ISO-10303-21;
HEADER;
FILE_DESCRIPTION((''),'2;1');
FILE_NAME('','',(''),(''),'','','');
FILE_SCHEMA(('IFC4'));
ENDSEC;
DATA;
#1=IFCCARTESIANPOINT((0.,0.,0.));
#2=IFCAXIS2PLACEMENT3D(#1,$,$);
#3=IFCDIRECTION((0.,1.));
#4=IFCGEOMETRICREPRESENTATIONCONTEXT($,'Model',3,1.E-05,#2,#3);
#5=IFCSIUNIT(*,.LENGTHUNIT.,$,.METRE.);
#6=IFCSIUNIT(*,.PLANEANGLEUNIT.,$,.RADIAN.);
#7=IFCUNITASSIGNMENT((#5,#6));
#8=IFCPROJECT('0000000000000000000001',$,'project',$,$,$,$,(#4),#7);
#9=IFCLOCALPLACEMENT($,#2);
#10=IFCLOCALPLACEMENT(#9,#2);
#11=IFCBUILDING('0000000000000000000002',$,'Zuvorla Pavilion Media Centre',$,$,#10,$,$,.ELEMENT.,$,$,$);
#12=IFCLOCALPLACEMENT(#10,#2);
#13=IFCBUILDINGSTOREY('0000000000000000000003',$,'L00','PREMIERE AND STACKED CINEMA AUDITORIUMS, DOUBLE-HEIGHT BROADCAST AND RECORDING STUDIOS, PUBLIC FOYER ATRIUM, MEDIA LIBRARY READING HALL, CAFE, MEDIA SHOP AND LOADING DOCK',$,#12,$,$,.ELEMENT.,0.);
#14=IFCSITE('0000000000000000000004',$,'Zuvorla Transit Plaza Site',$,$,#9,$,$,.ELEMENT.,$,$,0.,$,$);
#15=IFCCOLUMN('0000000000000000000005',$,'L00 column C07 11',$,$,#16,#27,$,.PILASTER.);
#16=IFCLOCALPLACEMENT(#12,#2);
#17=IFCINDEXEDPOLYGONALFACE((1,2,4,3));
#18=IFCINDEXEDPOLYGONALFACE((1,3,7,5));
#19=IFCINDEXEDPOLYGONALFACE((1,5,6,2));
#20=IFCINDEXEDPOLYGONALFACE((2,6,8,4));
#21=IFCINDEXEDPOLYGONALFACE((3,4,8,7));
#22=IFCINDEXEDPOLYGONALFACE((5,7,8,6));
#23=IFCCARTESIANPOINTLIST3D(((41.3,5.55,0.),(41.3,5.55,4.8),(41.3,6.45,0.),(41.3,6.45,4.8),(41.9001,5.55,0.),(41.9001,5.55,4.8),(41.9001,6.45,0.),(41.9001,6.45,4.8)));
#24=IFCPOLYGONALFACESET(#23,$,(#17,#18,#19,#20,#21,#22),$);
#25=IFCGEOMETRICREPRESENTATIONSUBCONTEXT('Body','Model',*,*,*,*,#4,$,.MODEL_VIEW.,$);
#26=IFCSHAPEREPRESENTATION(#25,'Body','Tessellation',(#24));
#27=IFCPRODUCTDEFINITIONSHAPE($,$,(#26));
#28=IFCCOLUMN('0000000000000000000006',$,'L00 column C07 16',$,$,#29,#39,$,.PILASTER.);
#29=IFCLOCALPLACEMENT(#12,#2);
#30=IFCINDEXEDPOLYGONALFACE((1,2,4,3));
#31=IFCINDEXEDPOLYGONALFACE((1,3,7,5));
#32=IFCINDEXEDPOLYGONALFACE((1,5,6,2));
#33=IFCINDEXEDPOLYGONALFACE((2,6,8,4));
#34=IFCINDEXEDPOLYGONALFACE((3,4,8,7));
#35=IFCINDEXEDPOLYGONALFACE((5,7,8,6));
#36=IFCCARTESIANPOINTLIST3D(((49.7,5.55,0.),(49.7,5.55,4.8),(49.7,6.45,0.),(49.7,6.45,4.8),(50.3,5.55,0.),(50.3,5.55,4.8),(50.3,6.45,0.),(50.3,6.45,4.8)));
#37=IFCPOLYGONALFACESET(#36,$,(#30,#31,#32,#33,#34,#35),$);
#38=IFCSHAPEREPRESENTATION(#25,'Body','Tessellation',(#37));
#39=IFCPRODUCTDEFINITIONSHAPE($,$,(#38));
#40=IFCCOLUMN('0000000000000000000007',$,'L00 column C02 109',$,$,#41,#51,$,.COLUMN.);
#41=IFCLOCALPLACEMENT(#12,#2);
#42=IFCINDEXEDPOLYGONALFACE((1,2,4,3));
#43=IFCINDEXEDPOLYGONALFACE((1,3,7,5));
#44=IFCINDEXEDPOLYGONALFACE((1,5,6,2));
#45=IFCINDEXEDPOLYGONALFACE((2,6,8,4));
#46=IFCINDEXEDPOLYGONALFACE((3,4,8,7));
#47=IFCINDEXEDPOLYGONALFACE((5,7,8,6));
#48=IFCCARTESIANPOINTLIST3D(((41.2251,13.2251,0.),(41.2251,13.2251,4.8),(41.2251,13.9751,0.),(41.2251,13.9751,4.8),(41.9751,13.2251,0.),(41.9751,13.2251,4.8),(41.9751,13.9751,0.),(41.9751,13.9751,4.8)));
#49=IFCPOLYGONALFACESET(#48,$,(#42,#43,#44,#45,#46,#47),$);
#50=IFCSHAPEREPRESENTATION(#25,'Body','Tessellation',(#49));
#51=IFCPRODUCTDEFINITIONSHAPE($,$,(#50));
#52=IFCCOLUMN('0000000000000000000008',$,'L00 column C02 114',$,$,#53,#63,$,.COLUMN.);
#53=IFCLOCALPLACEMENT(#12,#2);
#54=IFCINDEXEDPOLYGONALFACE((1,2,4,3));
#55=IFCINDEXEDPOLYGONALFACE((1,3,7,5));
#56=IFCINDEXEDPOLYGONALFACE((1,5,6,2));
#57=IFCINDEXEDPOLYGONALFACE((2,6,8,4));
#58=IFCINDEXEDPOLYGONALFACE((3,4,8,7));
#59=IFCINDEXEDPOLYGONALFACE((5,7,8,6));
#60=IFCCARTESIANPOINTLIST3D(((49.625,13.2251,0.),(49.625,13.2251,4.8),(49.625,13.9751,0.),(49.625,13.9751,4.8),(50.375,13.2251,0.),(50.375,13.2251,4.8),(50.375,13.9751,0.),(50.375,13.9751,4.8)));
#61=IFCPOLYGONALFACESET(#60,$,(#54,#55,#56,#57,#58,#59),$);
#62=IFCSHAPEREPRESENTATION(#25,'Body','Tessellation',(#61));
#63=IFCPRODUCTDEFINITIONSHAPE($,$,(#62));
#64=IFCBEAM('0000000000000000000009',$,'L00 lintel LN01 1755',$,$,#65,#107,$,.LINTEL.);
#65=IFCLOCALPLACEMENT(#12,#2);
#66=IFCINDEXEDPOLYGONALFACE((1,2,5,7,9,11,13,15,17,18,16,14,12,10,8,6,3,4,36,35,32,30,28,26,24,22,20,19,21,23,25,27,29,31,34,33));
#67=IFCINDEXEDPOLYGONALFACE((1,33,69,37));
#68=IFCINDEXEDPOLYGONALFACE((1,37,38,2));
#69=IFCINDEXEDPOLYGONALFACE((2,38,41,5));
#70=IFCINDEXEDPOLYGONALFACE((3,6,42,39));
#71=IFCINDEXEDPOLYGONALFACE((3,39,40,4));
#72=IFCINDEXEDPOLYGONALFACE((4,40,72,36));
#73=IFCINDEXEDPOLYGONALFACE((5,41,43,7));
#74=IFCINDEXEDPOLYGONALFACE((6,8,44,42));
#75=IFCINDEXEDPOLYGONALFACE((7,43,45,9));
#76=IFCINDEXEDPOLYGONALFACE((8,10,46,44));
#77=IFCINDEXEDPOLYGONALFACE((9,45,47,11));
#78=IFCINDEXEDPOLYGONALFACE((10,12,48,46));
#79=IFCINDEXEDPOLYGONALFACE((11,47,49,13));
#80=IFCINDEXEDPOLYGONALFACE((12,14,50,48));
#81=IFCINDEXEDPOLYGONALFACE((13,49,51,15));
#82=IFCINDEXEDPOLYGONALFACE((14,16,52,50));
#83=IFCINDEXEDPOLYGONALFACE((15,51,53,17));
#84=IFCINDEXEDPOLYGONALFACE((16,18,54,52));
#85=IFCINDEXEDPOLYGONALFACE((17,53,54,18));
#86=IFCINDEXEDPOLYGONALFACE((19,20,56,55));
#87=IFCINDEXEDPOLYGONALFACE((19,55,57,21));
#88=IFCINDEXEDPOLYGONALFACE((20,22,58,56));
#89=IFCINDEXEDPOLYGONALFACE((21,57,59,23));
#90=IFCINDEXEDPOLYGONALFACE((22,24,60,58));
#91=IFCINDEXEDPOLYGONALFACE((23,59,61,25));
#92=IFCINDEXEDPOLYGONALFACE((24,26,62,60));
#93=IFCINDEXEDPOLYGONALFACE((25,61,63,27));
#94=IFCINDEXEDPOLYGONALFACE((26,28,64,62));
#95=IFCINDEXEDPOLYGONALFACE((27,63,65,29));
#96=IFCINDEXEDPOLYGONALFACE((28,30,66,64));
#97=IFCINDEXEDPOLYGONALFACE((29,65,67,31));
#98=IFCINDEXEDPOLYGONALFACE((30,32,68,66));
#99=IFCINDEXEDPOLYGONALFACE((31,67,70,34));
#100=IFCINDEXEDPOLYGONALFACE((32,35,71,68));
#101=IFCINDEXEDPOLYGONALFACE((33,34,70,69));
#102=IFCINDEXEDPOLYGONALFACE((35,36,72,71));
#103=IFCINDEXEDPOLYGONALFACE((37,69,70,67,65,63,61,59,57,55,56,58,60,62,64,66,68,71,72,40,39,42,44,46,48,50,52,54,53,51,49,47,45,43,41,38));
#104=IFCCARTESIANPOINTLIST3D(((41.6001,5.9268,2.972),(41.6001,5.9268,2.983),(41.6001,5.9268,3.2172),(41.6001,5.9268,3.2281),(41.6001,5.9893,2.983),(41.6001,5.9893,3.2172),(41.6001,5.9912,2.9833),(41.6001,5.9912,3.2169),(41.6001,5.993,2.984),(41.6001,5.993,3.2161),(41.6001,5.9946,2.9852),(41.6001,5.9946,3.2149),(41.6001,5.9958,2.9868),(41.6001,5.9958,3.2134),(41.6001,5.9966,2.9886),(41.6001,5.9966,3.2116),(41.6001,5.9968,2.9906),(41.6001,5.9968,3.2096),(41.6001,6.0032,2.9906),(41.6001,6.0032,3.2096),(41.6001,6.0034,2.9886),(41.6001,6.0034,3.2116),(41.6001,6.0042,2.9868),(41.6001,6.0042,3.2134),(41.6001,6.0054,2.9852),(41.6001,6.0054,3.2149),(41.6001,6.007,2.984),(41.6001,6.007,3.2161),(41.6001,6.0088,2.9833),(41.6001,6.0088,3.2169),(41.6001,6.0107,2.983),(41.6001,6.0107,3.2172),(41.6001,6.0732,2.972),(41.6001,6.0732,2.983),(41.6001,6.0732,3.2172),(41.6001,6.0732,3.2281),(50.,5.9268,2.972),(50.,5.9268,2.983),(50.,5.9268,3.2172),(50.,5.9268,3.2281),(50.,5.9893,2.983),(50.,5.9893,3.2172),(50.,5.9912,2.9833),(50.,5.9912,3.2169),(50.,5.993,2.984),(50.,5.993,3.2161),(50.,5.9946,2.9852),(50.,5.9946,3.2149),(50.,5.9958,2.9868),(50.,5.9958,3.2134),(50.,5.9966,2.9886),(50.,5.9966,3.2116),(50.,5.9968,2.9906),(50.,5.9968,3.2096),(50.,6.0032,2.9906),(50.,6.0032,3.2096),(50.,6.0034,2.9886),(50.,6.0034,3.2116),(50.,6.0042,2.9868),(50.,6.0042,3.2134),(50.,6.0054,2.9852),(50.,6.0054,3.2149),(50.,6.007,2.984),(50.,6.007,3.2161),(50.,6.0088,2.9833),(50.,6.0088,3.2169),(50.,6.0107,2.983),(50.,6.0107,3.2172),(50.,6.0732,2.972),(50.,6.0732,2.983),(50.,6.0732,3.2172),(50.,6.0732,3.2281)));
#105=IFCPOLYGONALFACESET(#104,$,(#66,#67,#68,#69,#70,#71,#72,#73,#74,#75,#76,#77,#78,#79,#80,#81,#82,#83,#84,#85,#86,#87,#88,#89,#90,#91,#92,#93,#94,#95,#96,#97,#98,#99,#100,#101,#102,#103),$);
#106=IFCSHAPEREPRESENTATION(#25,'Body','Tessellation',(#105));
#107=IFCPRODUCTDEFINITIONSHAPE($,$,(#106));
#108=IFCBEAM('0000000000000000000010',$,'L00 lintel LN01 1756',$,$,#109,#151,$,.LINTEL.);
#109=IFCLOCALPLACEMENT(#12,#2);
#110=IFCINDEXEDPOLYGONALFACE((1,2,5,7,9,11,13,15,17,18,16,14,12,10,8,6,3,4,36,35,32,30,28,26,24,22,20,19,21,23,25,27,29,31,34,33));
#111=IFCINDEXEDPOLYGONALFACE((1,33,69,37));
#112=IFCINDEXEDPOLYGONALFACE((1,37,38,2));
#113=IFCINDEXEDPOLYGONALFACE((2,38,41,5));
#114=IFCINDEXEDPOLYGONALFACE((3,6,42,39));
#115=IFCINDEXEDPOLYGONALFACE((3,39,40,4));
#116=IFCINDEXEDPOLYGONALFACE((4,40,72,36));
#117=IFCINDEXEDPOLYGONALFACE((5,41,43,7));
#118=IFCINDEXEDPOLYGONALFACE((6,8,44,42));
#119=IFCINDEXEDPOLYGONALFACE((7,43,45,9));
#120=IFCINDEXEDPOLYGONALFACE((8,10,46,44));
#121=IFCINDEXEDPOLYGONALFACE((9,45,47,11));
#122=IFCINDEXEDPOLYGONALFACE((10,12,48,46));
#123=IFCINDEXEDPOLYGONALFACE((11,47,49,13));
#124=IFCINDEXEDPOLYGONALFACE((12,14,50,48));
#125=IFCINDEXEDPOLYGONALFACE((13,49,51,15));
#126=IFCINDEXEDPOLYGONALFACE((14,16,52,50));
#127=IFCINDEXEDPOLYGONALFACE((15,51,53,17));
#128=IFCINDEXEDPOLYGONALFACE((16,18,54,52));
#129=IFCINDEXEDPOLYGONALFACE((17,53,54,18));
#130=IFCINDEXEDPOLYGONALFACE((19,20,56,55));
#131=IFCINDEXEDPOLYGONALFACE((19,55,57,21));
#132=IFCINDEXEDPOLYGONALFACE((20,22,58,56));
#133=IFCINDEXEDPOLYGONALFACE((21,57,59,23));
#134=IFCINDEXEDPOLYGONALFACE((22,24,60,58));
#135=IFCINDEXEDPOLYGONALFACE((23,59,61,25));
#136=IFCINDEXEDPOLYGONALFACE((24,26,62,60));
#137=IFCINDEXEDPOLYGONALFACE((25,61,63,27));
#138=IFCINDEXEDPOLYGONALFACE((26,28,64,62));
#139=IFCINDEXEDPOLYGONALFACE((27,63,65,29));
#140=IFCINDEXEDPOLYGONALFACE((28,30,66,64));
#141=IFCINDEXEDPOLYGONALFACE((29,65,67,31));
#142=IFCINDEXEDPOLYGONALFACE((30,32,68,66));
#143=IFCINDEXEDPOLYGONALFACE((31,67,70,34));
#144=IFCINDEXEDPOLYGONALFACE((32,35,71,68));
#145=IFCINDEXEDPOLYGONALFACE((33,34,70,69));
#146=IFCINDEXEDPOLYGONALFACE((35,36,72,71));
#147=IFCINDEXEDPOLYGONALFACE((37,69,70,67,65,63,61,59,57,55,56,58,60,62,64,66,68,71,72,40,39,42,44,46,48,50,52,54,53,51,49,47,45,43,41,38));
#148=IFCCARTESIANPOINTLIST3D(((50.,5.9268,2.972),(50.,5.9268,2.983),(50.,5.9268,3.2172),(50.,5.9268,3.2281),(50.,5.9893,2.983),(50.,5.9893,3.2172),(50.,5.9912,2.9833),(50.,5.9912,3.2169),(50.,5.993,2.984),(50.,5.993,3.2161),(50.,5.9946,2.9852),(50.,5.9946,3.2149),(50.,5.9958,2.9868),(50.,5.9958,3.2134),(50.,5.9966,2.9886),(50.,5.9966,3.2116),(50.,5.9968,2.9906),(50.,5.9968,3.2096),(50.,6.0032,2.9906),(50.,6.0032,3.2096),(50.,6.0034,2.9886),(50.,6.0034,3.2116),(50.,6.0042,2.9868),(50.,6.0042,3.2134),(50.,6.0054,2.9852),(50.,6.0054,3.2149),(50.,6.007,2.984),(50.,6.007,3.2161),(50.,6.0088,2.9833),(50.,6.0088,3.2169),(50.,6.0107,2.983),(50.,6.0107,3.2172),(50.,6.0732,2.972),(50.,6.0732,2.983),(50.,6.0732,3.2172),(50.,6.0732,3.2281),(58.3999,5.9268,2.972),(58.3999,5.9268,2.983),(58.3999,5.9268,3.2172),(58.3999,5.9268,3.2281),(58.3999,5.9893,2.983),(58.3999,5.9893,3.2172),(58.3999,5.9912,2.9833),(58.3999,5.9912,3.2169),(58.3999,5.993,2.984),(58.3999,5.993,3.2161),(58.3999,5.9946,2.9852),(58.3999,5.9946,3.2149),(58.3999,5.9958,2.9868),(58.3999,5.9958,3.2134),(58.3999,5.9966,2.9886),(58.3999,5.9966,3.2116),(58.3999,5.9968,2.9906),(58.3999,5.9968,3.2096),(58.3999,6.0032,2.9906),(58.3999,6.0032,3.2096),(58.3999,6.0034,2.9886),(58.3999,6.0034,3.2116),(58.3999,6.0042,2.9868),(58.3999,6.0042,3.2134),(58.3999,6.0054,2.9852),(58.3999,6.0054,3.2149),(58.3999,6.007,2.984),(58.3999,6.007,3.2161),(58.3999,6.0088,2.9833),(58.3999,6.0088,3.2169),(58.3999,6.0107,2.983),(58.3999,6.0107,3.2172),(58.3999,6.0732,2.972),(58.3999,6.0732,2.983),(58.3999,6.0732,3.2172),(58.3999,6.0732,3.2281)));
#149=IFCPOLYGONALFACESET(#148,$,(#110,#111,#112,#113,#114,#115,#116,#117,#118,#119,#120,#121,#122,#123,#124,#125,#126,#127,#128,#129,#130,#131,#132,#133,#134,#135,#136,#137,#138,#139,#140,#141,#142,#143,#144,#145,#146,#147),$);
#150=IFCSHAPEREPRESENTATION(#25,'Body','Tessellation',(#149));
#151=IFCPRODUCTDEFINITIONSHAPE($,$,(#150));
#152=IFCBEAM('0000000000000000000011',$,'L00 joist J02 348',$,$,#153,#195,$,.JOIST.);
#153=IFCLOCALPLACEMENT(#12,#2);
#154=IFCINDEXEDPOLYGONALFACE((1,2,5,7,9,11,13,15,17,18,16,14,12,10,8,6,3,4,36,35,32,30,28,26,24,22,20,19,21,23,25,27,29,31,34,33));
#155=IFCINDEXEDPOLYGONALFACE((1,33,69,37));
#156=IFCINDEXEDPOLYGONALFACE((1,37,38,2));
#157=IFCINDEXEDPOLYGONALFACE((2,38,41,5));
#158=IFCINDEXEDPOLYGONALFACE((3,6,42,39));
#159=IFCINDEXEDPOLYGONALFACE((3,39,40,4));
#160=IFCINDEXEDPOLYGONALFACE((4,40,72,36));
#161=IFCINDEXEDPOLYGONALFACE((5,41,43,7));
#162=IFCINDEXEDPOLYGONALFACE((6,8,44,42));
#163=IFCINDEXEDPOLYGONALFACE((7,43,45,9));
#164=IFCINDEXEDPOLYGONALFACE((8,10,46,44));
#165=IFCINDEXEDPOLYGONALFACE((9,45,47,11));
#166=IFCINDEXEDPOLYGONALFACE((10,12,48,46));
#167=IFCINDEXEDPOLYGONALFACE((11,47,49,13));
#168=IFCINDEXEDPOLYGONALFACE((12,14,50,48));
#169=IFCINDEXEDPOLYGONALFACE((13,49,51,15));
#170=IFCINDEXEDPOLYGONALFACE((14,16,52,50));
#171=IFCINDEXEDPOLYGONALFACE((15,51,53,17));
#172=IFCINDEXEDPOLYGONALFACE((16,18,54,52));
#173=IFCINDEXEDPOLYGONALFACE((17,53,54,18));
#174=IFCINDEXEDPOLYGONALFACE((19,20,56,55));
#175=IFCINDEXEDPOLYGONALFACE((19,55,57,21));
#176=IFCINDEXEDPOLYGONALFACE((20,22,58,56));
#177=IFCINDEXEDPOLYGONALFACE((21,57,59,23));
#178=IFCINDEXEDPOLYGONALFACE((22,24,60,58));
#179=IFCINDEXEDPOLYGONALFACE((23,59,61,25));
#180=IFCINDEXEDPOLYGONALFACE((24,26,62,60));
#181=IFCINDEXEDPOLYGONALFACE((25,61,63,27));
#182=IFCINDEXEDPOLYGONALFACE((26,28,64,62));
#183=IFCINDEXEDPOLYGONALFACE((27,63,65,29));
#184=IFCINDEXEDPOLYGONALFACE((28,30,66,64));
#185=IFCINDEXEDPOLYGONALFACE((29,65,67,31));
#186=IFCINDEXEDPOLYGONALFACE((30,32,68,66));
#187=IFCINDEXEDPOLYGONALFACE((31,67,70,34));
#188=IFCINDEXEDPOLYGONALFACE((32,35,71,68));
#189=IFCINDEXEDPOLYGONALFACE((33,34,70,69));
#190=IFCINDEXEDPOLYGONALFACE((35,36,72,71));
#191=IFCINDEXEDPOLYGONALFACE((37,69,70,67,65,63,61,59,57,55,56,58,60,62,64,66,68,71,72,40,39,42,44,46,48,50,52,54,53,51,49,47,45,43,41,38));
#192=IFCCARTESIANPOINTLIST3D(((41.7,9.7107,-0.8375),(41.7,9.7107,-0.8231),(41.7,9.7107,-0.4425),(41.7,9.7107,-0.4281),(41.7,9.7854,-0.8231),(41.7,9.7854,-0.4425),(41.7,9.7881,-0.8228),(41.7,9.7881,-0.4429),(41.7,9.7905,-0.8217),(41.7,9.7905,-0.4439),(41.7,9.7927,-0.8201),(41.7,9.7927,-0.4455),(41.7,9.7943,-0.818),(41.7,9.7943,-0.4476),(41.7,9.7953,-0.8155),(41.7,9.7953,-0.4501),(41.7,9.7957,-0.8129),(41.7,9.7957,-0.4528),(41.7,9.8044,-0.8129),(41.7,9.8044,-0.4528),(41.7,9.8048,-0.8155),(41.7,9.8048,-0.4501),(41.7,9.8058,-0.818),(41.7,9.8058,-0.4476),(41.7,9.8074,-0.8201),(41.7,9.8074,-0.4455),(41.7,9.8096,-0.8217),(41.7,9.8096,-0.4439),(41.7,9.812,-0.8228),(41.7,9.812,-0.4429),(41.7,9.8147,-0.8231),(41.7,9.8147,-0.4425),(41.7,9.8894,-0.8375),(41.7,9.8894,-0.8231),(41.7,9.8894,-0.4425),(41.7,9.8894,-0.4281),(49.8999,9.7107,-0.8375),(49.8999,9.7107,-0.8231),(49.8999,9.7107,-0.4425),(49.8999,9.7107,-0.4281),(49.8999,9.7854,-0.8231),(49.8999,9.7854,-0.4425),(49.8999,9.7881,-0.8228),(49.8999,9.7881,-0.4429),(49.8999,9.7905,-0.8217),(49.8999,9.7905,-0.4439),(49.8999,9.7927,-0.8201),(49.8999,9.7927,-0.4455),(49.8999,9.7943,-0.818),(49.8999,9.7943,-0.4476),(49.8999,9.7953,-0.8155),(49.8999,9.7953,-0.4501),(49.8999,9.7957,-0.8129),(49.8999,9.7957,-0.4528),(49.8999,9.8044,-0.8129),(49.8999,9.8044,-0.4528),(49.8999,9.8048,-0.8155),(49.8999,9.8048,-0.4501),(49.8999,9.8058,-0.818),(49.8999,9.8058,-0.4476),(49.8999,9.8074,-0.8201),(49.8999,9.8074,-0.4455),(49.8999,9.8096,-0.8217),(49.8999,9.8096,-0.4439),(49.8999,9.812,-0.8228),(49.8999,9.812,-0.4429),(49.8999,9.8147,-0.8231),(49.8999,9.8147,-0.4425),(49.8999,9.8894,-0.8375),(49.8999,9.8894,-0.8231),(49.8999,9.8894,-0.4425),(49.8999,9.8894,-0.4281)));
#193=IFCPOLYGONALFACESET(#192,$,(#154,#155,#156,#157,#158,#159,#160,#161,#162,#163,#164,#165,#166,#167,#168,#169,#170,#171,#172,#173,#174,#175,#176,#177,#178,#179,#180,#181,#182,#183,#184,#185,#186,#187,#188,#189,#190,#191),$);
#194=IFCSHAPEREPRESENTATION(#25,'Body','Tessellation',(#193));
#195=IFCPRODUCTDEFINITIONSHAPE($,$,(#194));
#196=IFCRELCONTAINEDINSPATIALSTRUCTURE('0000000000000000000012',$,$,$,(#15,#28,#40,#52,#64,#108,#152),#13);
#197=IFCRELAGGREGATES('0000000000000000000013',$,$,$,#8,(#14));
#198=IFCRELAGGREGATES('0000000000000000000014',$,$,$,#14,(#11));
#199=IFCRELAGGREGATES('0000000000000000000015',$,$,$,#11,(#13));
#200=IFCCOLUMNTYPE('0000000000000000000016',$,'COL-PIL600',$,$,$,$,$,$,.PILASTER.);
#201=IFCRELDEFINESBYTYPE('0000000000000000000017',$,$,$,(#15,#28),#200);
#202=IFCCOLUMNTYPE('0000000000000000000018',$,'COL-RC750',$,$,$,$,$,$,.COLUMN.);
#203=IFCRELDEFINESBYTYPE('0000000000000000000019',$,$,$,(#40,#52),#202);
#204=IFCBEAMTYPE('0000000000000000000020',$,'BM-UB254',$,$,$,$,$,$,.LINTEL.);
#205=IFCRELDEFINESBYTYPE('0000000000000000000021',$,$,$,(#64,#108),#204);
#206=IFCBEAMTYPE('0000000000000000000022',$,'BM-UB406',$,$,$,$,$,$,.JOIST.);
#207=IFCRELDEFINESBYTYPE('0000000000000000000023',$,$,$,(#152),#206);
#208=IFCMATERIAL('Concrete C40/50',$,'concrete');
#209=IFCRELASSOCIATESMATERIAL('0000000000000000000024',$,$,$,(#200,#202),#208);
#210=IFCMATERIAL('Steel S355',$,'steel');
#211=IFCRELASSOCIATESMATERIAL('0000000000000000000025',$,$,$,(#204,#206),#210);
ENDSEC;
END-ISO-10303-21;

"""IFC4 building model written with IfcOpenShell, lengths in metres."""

from ifc_helpers import new_model, si_unit, direction, frame, origin, origin_2d, place, context, subcontext, project, spatial, rectangle, i_section, extrude, material, material_profile, profile_set, type_object, element, save


model = new_model("IFC4")

# Units and contexts
model_context = context("Model", 3, precision=1e-05, world=origin(), true_north=direction((0.0, 1.0)))
body_context = subcontext(model_context, "Body", "Model", "MODEL_VIEW")
ifc_project = project(units=[si_unit("LENGTHUNIT", "METRE"), si_unit("PLANEANGLEUNIT", "RADIAN")], contexts=[model_context])

# Site, building, storey
site_placement = place(None, origin())
site = spatial("IfcSite", under=ifc_project, at=site_placement, Name="Zuvorla Transit Plaza Site", CompositionType="ELEMENT", RefElevation=0.0)
building_placement = place(site_placement, origin())
building = spatial("IfcBuilding", under=site, at=building_placement, Name="Zuvorla Pavilion Media Centre", CompositionType="ELEMENT")
storey_placement = place(building_placement, origin())
storey = spatial("IfcBuildingStorey", under=building, at=storey_placement, Name="L00", Description="PREMIERE AND STACKED CINEMA AUDITORIUMS, DOUBLE-HEIGHT BROADCAST AND RECORDING STUDIOS, PUBLIC FOYER ATRIUM, MEDIA LIBRARY READING HALL, CAFE, MEDIA SHOP AND LOADING DOCK", CompositionType="ELEMENT", Elevation=0.0)

# Columns
ifc_material_1 = material(Name="Concrete C40/50", Category="concrete")
ifc_material_profile_1 = material_profile(ifc_material_1, rectangle(XDim=0.6001, YDim=0.8999, at=origin_2d()), Name="RC 600x900")
ifc_profile_set_1 = profile_set([ifc_material_profile_1], Name="Concrete C40/50")
column_type_1 = type_object("IfcColumnType", Name="COL-PIL600", PredefinedType="PILASTER", material=ifc_profile_set_1)
for number, where, z_axis, x_axis, name in (
    (1, (41.6001, 6.0, 0.0), (0.0, 0.0, 1.0), (1.0, 0.0, 0.0), "L00 column C07 11"),
    (2, (50.0, 6.0, 0.0), (0.0, 0.0, 1.0), (1.0, 0.0, 0.0), "L00 column C07 16"),
):
    element("IfcColumn", number, at=place(storey_placement, frame(where, z_axis=z_axis, x_axis=x_axis)), inside=storey, type_object=column_type_1, Name=name, PredefinedType="PILASTER", context=body_context, shape_type="SweptSolid", body=[
        extrude(rectangle(XDim=0.6001, YDim=0.8999, at=origin_2d()), origin(), (0.0, 0.0, 1.0), 4.8),
    ])
ifc_material_profile_2 = material_profile(ifc_material_1, rectangle(XDim=0.75, YDim=0.75, at=origin_2d()), Name="RC 750x750")
ifc_profile_set_2 = profile_set([ifc_material_profile_2], Name="Concrete C40/50")
column_type_2 = type_object("IfcColumnType", Name="COL-RC750", PredefinedType="COLUMN", material=ifc_profile_set_2)
for number, where, z_axis, x_axis, name in (
    (3, (41.6001, 13.6001, 0.0), (0.0, 0.0, 1.0), (1.0, 0.0, 0.0), "L00 column C02 109"),
    (4, (50.0, 13.6001, 0.0), (0.0, 0.0, 1.0), (1.0, 0.0, 0.0), "L00 column C02 114"),
):
    element("IfcColumn", number, at=place(storey_placement, frame(where, z_axis=z_axis, x_axis=x_axis)), inside=storey, type_object=column_type_2, Name=name, PredefinedType="COLUMN", context=body_context, shape_type="SweptSolid", body=[
        extrude(rectangle(XDim=0.75, YDim=0.75, at=origin_2d()), origin(), (0.0, 0.0, 1.0), 4.8),
    ])

# Beams
ifc_material_2 = material(Name="Steel S355", Category="steel")
ifc_material_profile_3 = material_profile(ifc_material_2, i_section(OverallWidth=0.1465, OverallDepth=0.2561, WebThickness=0.0063, FlangeThickness=0.011, FilletRadius=0.0076, at=origin_2d()), Name="UB 254x146x37")
ifc_profile_set_3 = profile_set([ifc_material_profile_3], Name="Steel S355")
beam_type_1 = type_object("IfcBeamType", Name="BM-UB254", PredefinedType="LINTEL", material=ifc_profile_set_3)
for number, where, z_axis, x_axis, name in (
    (5, (41.6001, 6.0, 3.1001), (1.0, 0.0, 0.0), (0.0, 1.0, 0.0), "L00 lintel LN01 1755"),
    (6, (50.0, 6.0, 3.1001), (1.0, 0.0, 0.0), (0.0, 1.0, 0.0), "L00 lintel LN01 1756"),
):
    element("IfcBeam", number, at=place(storey_placement, frame(where, z_axis=z_axis, x_axis=x_axis)), inside=storey, type_object=beam_type_1, Name=name, PredefinedType="LINTEL", context=body_context, shape_type="SweptSolid", body=[
        extrude(i_section(OverallWidth=0.1465, OverallDepth=0.2561, WebThickness=0.0063, FlangeThickness=0.011, FilletRadius=0.0076, at=origin_2d()), origin(), (0.0, 0.0, 1.0), 8.3999),
    ])
ifc_material_profile_4 = material_profile(ifc_material_2, i_section(OverallWidth=0.1787, OverallDepth=0.4094, WebThickness=0.0088, FlangeThickness=0.0144, FilletRadius=0.0103, at=origin_2d()), Name="UB 406x178x67")
ifc_profile_set_4 = profile_set([ifc_material_profile_4], Name="Steel S355")
beam_type_2 = type_object("IfcBeamType", Name="BM-UB406", PredefinedType="JOIST", material=ifc_profile_set_4)
beam_1_placement = place(storey_placement, frame((41.7, 9.8, -0.6328), z_axis=(1.0, 0.0, 0.0), x_axis=(0.0, 1.0, 0.0)))
element("IfcBeam", 7, at=beam_1_placement, inside=storey, type_object=beam_type_2, Name="L00 joist J02 348", PredefinedType="JOIST", context=body_context, shape_type="SweptSolid", body=[
    extrude(i_section(OverallWidth=0.1787, OverallDepth=0.4094, WebThickness=0.0088, FlangeThickness=0.0144, FilletRadius=0.0103, at=origin_2d()), origin(), (0.0, 0.0, 1.0), 8.2),
])

save(model, "model.ifc")
